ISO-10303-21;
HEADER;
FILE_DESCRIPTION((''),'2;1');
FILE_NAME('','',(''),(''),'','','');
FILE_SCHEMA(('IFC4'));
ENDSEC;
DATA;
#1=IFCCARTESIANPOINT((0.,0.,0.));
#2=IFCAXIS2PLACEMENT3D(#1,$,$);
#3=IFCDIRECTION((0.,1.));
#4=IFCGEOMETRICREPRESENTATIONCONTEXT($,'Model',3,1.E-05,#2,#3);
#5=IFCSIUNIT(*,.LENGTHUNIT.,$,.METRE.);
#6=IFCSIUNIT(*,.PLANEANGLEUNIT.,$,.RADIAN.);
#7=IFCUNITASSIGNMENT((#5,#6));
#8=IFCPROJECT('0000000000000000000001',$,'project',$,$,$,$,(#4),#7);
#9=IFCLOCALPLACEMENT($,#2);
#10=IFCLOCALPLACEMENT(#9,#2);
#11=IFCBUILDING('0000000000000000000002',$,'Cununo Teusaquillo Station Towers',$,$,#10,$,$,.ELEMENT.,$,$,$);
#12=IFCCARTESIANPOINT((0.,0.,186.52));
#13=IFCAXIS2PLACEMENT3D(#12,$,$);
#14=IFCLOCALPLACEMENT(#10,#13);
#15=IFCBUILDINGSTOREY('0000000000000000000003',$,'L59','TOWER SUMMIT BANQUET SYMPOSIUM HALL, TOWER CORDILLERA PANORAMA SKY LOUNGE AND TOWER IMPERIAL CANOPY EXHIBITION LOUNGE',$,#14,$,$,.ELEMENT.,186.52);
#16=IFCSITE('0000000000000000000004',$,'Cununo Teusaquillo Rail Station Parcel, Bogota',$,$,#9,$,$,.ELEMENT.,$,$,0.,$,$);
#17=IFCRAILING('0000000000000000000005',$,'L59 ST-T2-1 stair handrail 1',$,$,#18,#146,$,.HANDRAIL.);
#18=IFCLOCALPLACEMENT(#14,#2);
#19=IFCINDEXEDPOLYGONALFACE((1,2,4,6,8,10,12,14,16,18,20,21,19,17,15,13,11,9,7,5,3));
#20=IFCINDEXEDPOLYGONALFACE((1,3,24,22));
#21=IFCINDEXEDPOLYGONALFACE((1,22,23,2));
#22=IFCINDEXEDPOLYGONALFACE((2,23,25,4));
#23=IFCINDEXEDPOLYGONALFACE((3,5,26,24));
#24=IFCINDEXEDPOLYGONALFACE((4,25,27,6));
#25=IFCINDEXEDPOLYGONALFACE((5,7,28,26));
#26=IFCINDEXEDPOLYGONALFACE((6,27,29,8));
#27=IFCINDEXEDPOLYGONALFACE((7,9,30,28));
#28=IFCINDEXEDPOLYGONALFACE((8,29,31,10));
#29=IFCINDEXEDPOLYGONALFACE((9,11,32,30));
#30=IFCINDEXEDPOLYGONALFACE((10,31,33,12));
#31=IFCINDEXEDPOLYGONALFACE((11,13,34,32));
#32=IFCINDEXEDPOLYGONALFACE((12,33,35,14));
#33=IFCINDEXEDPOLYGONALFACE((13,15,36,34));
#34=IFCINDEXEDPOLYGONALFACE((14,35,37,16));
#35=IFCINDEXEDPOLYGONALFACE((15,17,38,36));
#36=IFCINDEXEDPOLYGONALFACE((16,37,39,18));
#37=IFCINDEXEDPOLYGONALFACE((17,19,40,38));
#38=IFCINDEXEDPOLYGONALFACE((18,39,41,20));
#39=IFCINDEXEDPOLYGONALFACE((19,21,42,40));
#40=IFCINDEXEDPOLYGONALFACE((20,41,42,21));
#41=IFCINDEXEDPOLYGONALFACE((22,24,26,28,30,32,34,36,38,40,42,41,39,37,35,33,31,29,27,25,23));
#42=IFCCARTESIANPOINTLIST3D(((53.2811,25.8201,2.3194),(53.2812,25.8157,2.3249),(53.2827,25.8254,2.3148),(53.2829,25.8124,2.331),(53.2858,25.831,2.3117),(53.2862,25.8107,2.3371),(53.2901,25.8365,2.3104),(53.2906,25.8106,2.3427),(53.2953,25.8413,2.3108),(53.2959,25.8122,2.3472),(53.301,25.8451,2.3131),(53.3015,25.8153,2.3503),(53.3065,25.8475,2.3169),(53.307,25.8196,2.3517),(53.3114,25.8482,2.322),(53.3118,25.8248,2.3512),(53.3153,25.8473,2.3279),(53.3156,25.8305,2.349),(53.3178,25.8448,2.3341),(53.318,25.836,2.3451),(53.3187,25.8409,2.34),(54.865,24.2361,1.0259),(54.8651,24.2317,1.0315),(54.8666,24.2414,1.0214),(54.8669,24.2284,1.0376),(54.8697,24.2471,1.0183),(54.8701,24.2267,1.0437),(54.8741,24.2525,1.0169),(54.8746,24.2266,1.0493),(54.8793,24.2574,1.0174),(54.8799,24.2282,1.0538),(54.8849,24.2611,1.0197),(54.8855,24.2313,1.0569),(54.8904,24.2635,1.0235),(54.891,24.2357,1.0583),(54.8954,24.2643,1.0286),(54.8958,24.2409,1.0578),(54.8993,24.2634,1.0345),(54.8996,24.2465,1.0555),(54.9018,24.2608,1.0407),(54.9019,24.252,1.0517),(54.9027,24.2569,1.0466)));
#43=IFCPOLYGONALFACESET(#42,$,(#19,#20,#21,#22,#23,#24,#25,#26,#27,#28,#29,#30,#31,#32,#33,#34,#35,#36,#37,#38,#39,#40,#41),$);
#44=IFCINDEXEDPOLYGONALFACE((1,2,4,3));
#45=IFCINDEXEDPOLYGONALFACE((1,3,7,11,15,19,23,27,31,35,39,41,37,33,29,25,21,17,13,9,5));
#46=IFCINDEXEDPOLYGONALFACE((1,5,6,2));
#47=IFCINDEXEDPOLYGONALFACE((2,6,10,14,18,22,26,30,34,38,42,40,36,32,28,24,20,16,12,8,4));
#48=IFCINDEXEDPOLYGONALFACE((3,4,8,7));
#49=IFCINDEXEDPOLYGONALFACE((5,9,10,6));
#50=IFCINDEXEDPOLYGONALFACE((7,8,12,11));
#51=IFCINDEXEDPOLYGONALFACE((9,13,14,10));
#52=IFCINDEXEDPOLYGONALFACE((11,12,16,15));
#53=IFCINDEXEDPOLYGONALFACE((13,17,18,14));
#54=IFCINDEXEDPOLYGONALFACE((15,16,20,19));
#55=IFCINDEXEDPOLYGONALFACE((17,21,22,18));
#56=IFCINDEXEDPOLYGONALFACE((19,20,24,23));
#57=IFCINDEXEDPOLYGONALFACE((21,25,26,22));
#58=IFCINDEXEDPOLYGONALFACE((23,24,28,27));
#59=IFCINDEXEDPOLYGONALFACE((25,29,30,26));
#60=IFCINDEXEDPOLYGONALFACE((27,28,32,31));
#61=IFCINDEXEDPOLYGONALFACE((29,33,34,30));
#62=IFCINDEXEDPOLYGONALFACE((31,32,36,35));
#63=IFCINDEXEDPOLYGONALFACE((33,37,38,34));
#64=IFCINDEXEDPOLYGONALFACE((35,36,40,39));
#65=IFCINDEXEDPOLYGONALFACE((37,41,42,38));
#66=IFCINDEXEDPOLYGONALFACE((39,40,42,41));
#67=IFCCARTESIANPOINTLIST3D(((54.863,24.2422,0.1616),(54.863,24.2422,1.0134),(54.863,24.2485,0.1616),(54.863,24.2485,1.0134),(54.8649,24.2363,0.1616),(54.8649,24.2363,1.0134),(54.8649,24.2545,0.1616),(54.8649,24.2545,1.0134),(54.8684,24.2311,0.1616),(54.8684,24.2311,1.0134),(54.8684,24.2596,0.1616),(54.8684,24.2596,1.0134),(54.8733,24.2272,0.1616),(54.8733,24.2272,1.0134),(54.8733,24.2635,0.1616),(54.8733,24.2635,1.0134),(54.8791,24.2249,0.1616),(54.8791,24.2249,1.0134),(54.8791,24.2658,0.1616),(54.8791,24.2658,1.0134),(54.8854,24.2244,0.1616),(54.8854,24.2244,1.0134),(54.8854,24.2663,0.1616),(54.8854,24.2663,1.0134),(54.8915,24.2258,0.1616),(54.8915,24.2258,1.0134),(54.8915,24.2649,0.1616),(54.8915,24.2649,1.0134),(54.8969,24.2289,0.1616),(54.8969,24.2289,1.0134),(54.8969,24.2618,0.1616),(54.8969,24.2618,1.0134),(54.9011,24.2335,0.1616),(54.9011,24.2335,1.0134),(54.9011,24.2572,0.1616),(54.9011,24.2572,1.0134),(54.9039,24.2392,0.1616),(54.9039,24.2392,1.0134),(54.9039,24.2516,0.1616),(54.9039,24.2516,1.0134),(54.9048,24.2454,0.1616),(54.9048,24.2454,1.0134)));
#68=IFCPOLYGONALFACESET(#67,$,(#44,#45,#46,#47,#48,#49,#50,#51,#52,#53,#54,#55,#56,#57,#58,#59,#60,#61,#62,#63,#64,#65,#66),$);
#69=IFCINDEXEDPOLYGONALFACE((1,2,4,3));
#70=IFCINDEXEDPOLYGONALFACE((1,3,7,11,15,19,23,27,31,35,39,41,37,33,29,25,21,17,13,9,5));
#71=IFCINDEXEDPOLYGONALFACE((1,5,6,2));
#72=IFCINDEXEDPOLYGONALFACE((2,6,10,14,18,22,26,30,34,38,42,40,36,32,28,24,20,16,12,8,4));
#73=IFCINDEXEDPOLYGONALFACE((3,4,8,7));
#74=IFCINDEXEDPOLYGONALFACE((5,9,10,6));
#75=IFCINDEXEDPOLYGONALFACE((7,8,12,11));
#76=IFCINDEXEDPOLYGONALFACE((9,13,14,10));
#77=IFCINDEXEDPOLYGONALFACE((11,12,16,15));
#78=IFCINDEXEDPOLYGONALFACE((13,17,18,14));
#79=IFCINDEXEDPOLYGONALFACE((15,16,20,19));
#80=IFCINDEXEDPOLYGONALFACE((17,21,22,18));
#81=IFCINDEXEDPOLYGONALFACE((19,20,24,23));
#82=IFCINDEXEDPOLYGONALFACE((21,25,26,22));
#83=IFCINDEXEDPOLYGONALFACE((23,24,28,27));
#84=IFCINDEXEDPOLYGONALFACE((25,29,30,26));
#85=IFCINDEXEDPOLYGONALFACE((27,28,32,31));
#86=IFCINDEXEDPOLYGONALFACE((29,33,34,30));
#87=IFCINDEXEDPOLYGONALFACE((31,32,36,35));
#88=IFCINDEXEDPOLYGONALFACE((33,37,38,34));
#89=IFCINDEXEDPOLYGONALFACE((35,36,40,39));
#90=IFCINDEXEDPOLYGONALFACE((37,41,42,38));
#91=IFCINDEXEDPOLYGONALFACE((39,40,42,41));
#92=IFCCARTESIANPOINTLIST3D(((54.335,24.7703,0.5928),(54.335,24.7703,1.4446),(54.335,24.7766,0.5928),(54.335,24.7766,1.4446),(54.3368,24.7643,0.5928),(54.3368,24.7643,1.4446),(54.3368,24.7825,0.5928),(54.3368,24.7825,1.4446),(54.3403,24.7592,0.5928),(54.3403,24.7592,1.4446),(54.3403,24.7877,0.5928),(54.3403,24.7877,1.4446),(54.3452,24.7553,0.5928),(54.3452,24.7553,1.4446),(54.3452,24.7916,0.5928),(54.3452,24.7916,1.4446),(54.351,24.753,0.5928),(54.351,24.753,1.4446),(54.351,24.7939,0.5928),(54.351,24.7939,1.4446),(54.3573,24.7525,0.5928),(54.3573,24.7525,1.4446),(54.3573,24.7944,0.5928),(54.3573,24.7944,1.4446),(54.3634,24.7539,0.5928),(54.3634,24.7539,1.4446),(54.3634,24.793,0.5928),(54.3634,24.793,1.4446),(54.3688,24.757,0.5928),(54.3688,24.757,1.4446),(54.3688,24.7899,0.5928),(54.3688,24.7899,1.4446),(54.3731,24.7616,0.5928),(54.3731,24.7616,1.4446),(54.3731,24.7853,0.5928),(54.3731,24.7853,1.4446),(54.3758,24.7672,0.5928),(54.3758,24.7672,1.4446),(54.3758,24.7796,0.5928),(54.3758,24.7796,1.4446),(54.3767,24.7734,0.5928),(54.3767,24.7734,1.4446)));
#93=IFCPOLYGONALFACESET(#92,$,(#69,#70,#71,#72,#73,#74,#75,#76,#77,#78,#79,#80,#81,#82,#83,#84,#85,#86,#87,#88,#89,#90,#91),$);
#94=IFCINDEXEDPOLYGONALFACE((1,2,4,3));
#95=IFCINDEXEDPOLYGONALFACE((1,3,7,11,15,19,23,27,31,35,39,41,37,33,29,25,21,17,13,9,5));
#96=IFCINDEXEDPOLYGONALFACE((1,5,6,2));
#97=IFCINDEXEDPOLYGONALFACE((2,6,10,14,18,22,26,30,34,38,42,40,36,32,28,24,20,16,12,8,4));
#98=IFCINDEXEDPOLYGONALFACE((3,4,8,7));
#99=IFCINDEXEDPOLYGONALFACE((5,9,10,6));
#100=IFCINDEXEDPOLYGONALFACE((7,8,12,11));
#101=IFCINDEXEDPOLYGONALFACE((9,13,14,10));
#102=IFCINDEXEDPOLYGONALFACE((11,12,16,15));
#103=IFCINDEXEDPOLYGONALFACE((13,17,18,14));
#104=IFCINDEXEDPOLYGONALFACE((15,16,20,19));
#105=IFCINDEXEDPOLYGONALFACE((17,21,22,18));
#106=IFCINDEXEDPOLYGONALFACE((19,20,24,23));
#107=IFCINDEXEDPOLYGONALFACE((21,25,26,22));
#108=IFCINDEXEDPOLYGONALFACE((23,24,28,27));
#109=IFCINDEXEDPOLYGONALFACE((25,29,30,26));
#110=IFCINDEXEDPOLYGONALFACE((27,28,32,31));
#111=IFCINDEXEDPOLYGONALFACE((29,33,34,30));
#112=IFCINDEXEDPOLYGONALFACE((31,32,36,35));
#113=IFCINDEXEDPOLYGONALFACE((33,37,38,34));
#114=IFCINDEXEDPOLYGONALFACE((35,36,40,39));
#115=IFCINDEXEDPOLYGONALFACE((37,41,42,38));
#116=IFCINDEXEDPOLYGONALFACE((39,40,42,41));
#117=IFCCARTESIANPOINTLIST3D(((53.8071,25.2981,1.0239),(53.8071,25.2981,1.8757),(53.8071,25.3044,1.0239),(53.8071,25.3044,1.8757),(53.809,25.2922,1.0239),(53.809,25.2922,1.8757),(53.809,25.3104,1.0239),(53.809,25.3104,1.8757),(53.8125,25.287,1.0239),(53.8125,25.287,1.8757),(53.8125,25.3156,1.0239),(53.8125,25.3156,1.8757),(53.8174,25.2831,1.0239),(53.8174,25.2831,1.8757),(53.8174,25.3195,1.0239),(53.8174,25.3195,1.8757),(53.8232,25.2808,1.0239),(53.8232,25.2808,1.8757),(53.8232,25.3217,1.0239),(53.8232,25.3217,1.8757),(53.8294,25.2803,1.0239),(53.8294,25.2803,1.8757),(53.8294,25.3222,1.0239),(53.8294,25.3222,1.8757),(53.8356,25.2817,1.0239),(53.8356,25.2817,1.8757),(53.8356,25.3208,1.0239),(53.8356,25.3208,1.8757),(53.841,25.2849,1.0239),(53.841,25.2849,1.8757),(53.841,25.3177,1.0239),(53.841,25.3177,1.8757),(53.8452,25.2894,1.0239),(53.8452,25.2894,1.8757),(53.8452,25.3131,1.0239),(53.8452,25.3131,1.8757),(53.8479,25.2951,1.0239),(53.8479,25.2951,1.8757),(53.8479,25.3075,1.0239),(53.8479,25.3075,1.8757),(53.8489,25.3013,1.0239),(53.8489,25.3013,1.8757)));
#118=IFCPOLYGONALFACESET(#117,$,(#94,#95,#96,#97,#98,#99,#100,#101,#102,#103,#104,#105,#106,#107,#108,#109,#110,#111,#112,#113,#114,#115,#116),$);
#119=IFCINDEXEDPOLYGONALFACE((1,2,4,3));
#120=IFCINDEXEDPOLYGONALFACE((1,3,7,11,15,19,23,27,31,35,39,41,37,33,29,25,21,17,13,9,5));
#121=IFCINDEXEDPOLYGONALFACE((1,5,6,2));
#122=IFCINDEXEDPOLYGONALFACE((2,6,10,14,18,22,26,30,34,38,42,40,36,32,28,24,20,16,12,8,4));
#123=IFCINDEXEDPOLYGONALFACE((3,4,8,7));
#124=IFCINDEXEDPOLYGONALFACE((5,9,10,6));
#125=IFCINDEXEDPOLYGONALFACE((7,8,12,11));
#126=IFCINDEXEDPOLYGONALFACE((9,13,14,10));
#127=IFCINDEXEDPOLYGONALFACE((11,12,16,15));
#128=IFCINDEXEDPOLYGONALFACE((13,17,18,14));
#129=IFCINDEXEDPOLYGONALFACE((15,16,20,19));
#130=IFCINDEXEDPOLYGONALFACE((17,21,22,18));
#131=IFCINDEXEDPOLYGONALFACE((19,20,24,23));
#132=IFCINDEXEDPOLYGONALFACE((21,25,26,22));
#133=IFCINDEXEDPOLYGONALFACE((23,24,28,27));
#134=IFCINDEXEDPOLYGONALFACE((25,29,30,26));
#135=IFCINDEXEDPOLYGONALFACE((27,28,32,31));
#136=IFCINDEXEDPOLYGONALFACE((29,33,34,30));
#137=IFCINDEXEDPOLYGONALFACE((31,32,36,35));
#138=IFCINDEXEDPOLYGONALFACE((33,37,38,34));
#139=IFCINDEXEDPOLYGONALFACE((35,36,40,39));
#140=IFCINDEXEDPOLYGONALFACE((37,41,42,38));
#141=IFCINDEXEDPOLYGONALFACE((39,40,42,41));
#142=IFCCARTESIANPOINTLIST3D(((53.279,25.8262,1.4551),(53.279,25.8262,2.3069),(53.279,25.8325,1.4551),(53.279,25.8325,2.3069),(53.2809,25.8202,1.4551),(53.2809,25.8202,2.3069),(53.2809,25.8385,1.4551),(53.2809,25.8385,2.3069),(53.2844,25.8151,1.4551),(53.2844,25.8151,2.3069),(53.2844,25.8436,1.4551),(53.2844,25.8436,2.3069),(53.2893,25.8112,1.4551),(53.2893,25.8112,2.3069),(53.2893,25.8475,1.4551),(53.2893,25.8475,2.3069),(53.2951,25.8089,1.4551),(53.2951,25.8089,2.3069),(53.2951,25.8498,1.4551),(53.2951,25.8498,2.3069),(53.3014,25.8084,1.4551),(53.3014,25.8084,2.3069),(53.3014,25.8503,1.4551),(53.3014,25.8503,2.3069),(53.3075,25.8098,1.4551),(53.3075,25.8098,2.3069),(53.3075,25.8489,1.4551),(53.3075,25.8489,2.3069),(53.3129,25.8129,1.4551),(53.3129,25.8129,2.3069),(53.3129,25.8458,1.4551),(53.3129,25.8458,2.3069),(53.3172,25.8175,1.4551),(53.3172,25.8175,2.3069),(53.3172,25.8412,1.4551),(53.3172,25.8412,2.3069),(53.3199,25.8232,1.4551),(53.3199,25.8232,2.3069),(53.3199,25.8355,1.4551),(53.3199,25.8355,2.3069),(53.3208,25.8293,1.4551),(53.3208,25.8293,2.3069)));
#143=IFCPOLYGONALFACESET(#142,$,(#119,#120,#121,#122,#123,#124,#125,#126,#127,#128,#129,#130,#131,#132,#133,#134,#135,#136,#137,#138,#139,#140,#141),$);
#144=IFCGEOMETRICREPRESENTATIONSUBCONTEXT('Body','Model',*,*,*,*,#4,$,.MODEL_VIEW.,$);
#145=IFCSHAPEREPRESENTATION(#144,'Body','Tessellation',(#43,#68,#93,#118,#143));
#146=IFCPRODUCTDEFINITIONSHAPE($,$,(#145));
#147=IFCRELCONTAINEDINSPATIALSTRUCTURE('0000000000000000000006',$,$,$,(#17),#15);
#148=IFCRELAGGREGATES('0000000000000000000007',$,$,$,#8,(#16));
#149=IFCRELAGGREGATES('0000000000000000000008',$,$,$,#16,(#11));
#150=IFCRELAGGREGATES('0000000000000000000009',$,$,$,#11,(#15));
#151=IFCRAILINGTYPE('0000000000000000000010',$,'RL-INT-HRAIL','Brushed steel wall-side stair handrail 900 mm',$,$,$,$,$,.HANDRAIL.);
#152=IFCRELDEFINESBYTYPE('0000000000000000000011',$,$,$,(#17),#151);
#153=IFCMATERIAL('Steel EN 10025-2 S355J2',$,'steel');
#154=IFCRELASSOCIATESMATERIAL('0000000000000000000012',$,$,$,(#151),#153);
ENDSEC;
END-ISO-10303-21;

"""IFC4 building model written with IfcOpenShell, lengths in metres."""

from ifc_helpers import new_model, si_unit, direction, frame, origin, origin_2d, place, context, subcontext, project, spatial, circle, extrude, material, type_object, element, save


model = new_model("IFC4")

# Units and contexts
model_context = context("Model", 3, precision=1e-05, world=origin(), true_north=direction((0.0, 1.0)))
body_context = subcontext(model_context, "Body", "Model", "MODEL_VIEW")
ifc_project = project(units=[si_unit("LENGTHUNIT", "METRE"), si_unit("PLANEANGLEUNIT", "RADIAN")], contexts=[model_context])

# Site, building, storey
site_placement = place(None, origin())
site = spatial("IfcSite", under=ifc_project, at=site_placement, Name="Cununo Teusaquillo Rail Station Parcel, Bogota", CompositionType="ELEMENT", RefElevation=0.0)
building_placement = place(site_placement, origin())
building = spatial("IfcBuilding", under=site, at=building_placement, Name="Cununo Teusaquillo Station Towers", CompositionType="ELEMENT")
storey_placement = place(building_placement, frame((0.0, 0.0, 186.52)))
storey = spatial("IfcBuildingStorey", under=building, at=storey_placement, Name="L59", Description="TOWER SUMMIT BANQUET SYMPOSIUM HALL, TOWER CORDILLERA PANORAMA SKY LOUNGE AND TOWER IMPERIAL CANOPY EXHIBITION LOUNGE", CompositionType="ELEMENT", Elevation=186.52)

# Railing
ifc_material_1 = material(Name="Steel EN 10025-2 S355J2", Category="steel")
railing_type_1 = type_object("IfcRailingType", Name="RL-INT-HRAIL", Description="Brushed steel wall-side stair handrail 900 mm", PredefinedType="HANDRAIL", material=ifc_material_1)
railing_1_placement = place(storey_placement, frame((54.8838, 24.2454, 0.1616)))
element("IfcRailing", 1, at=railing_1_placement, inside=storey, type_object=railing_type_1, Name="L59 ST-T2-1 stair handrail 1", PredefinedType="HANDRAIL", context=body_context, shape_type="SweptSolid", body=[
    extrude(circle(Radius=0.0239, at=origin_2d()), frame((0.0, 0.0, 0.876), z_axis=(-0.612356, 0.612356, 0.50004), x_axis=(-0.707107, -0.707107, 0.0)), (0.0, 0.0, 1.0), 2.5867),
    extrude(circle(Radius=0.021, at=origin_2d()), origin(), (0.0, 0.0, 1.0), 0.8518),
    extrude(circle(Radius=0.021, at=origin_2d()), frame((-0.5281, 0.5281, 0.4312)), (0.0, 0.0, 1.0), 0.8518),
    extrude(circle(Radius=0.021, at=origin_2d()), frame((-1.0559, 1.0559, 0.8623)), (0.0, 0.0, 1.0), 0.8518),
    extrude(circle(Radius=0.021, at=origin_2d()), frame((-1.584, 1.584, 1.2935)), (0.0, 0.0, 1.0), 0.8518),
])

save(model, "model.ifc")
